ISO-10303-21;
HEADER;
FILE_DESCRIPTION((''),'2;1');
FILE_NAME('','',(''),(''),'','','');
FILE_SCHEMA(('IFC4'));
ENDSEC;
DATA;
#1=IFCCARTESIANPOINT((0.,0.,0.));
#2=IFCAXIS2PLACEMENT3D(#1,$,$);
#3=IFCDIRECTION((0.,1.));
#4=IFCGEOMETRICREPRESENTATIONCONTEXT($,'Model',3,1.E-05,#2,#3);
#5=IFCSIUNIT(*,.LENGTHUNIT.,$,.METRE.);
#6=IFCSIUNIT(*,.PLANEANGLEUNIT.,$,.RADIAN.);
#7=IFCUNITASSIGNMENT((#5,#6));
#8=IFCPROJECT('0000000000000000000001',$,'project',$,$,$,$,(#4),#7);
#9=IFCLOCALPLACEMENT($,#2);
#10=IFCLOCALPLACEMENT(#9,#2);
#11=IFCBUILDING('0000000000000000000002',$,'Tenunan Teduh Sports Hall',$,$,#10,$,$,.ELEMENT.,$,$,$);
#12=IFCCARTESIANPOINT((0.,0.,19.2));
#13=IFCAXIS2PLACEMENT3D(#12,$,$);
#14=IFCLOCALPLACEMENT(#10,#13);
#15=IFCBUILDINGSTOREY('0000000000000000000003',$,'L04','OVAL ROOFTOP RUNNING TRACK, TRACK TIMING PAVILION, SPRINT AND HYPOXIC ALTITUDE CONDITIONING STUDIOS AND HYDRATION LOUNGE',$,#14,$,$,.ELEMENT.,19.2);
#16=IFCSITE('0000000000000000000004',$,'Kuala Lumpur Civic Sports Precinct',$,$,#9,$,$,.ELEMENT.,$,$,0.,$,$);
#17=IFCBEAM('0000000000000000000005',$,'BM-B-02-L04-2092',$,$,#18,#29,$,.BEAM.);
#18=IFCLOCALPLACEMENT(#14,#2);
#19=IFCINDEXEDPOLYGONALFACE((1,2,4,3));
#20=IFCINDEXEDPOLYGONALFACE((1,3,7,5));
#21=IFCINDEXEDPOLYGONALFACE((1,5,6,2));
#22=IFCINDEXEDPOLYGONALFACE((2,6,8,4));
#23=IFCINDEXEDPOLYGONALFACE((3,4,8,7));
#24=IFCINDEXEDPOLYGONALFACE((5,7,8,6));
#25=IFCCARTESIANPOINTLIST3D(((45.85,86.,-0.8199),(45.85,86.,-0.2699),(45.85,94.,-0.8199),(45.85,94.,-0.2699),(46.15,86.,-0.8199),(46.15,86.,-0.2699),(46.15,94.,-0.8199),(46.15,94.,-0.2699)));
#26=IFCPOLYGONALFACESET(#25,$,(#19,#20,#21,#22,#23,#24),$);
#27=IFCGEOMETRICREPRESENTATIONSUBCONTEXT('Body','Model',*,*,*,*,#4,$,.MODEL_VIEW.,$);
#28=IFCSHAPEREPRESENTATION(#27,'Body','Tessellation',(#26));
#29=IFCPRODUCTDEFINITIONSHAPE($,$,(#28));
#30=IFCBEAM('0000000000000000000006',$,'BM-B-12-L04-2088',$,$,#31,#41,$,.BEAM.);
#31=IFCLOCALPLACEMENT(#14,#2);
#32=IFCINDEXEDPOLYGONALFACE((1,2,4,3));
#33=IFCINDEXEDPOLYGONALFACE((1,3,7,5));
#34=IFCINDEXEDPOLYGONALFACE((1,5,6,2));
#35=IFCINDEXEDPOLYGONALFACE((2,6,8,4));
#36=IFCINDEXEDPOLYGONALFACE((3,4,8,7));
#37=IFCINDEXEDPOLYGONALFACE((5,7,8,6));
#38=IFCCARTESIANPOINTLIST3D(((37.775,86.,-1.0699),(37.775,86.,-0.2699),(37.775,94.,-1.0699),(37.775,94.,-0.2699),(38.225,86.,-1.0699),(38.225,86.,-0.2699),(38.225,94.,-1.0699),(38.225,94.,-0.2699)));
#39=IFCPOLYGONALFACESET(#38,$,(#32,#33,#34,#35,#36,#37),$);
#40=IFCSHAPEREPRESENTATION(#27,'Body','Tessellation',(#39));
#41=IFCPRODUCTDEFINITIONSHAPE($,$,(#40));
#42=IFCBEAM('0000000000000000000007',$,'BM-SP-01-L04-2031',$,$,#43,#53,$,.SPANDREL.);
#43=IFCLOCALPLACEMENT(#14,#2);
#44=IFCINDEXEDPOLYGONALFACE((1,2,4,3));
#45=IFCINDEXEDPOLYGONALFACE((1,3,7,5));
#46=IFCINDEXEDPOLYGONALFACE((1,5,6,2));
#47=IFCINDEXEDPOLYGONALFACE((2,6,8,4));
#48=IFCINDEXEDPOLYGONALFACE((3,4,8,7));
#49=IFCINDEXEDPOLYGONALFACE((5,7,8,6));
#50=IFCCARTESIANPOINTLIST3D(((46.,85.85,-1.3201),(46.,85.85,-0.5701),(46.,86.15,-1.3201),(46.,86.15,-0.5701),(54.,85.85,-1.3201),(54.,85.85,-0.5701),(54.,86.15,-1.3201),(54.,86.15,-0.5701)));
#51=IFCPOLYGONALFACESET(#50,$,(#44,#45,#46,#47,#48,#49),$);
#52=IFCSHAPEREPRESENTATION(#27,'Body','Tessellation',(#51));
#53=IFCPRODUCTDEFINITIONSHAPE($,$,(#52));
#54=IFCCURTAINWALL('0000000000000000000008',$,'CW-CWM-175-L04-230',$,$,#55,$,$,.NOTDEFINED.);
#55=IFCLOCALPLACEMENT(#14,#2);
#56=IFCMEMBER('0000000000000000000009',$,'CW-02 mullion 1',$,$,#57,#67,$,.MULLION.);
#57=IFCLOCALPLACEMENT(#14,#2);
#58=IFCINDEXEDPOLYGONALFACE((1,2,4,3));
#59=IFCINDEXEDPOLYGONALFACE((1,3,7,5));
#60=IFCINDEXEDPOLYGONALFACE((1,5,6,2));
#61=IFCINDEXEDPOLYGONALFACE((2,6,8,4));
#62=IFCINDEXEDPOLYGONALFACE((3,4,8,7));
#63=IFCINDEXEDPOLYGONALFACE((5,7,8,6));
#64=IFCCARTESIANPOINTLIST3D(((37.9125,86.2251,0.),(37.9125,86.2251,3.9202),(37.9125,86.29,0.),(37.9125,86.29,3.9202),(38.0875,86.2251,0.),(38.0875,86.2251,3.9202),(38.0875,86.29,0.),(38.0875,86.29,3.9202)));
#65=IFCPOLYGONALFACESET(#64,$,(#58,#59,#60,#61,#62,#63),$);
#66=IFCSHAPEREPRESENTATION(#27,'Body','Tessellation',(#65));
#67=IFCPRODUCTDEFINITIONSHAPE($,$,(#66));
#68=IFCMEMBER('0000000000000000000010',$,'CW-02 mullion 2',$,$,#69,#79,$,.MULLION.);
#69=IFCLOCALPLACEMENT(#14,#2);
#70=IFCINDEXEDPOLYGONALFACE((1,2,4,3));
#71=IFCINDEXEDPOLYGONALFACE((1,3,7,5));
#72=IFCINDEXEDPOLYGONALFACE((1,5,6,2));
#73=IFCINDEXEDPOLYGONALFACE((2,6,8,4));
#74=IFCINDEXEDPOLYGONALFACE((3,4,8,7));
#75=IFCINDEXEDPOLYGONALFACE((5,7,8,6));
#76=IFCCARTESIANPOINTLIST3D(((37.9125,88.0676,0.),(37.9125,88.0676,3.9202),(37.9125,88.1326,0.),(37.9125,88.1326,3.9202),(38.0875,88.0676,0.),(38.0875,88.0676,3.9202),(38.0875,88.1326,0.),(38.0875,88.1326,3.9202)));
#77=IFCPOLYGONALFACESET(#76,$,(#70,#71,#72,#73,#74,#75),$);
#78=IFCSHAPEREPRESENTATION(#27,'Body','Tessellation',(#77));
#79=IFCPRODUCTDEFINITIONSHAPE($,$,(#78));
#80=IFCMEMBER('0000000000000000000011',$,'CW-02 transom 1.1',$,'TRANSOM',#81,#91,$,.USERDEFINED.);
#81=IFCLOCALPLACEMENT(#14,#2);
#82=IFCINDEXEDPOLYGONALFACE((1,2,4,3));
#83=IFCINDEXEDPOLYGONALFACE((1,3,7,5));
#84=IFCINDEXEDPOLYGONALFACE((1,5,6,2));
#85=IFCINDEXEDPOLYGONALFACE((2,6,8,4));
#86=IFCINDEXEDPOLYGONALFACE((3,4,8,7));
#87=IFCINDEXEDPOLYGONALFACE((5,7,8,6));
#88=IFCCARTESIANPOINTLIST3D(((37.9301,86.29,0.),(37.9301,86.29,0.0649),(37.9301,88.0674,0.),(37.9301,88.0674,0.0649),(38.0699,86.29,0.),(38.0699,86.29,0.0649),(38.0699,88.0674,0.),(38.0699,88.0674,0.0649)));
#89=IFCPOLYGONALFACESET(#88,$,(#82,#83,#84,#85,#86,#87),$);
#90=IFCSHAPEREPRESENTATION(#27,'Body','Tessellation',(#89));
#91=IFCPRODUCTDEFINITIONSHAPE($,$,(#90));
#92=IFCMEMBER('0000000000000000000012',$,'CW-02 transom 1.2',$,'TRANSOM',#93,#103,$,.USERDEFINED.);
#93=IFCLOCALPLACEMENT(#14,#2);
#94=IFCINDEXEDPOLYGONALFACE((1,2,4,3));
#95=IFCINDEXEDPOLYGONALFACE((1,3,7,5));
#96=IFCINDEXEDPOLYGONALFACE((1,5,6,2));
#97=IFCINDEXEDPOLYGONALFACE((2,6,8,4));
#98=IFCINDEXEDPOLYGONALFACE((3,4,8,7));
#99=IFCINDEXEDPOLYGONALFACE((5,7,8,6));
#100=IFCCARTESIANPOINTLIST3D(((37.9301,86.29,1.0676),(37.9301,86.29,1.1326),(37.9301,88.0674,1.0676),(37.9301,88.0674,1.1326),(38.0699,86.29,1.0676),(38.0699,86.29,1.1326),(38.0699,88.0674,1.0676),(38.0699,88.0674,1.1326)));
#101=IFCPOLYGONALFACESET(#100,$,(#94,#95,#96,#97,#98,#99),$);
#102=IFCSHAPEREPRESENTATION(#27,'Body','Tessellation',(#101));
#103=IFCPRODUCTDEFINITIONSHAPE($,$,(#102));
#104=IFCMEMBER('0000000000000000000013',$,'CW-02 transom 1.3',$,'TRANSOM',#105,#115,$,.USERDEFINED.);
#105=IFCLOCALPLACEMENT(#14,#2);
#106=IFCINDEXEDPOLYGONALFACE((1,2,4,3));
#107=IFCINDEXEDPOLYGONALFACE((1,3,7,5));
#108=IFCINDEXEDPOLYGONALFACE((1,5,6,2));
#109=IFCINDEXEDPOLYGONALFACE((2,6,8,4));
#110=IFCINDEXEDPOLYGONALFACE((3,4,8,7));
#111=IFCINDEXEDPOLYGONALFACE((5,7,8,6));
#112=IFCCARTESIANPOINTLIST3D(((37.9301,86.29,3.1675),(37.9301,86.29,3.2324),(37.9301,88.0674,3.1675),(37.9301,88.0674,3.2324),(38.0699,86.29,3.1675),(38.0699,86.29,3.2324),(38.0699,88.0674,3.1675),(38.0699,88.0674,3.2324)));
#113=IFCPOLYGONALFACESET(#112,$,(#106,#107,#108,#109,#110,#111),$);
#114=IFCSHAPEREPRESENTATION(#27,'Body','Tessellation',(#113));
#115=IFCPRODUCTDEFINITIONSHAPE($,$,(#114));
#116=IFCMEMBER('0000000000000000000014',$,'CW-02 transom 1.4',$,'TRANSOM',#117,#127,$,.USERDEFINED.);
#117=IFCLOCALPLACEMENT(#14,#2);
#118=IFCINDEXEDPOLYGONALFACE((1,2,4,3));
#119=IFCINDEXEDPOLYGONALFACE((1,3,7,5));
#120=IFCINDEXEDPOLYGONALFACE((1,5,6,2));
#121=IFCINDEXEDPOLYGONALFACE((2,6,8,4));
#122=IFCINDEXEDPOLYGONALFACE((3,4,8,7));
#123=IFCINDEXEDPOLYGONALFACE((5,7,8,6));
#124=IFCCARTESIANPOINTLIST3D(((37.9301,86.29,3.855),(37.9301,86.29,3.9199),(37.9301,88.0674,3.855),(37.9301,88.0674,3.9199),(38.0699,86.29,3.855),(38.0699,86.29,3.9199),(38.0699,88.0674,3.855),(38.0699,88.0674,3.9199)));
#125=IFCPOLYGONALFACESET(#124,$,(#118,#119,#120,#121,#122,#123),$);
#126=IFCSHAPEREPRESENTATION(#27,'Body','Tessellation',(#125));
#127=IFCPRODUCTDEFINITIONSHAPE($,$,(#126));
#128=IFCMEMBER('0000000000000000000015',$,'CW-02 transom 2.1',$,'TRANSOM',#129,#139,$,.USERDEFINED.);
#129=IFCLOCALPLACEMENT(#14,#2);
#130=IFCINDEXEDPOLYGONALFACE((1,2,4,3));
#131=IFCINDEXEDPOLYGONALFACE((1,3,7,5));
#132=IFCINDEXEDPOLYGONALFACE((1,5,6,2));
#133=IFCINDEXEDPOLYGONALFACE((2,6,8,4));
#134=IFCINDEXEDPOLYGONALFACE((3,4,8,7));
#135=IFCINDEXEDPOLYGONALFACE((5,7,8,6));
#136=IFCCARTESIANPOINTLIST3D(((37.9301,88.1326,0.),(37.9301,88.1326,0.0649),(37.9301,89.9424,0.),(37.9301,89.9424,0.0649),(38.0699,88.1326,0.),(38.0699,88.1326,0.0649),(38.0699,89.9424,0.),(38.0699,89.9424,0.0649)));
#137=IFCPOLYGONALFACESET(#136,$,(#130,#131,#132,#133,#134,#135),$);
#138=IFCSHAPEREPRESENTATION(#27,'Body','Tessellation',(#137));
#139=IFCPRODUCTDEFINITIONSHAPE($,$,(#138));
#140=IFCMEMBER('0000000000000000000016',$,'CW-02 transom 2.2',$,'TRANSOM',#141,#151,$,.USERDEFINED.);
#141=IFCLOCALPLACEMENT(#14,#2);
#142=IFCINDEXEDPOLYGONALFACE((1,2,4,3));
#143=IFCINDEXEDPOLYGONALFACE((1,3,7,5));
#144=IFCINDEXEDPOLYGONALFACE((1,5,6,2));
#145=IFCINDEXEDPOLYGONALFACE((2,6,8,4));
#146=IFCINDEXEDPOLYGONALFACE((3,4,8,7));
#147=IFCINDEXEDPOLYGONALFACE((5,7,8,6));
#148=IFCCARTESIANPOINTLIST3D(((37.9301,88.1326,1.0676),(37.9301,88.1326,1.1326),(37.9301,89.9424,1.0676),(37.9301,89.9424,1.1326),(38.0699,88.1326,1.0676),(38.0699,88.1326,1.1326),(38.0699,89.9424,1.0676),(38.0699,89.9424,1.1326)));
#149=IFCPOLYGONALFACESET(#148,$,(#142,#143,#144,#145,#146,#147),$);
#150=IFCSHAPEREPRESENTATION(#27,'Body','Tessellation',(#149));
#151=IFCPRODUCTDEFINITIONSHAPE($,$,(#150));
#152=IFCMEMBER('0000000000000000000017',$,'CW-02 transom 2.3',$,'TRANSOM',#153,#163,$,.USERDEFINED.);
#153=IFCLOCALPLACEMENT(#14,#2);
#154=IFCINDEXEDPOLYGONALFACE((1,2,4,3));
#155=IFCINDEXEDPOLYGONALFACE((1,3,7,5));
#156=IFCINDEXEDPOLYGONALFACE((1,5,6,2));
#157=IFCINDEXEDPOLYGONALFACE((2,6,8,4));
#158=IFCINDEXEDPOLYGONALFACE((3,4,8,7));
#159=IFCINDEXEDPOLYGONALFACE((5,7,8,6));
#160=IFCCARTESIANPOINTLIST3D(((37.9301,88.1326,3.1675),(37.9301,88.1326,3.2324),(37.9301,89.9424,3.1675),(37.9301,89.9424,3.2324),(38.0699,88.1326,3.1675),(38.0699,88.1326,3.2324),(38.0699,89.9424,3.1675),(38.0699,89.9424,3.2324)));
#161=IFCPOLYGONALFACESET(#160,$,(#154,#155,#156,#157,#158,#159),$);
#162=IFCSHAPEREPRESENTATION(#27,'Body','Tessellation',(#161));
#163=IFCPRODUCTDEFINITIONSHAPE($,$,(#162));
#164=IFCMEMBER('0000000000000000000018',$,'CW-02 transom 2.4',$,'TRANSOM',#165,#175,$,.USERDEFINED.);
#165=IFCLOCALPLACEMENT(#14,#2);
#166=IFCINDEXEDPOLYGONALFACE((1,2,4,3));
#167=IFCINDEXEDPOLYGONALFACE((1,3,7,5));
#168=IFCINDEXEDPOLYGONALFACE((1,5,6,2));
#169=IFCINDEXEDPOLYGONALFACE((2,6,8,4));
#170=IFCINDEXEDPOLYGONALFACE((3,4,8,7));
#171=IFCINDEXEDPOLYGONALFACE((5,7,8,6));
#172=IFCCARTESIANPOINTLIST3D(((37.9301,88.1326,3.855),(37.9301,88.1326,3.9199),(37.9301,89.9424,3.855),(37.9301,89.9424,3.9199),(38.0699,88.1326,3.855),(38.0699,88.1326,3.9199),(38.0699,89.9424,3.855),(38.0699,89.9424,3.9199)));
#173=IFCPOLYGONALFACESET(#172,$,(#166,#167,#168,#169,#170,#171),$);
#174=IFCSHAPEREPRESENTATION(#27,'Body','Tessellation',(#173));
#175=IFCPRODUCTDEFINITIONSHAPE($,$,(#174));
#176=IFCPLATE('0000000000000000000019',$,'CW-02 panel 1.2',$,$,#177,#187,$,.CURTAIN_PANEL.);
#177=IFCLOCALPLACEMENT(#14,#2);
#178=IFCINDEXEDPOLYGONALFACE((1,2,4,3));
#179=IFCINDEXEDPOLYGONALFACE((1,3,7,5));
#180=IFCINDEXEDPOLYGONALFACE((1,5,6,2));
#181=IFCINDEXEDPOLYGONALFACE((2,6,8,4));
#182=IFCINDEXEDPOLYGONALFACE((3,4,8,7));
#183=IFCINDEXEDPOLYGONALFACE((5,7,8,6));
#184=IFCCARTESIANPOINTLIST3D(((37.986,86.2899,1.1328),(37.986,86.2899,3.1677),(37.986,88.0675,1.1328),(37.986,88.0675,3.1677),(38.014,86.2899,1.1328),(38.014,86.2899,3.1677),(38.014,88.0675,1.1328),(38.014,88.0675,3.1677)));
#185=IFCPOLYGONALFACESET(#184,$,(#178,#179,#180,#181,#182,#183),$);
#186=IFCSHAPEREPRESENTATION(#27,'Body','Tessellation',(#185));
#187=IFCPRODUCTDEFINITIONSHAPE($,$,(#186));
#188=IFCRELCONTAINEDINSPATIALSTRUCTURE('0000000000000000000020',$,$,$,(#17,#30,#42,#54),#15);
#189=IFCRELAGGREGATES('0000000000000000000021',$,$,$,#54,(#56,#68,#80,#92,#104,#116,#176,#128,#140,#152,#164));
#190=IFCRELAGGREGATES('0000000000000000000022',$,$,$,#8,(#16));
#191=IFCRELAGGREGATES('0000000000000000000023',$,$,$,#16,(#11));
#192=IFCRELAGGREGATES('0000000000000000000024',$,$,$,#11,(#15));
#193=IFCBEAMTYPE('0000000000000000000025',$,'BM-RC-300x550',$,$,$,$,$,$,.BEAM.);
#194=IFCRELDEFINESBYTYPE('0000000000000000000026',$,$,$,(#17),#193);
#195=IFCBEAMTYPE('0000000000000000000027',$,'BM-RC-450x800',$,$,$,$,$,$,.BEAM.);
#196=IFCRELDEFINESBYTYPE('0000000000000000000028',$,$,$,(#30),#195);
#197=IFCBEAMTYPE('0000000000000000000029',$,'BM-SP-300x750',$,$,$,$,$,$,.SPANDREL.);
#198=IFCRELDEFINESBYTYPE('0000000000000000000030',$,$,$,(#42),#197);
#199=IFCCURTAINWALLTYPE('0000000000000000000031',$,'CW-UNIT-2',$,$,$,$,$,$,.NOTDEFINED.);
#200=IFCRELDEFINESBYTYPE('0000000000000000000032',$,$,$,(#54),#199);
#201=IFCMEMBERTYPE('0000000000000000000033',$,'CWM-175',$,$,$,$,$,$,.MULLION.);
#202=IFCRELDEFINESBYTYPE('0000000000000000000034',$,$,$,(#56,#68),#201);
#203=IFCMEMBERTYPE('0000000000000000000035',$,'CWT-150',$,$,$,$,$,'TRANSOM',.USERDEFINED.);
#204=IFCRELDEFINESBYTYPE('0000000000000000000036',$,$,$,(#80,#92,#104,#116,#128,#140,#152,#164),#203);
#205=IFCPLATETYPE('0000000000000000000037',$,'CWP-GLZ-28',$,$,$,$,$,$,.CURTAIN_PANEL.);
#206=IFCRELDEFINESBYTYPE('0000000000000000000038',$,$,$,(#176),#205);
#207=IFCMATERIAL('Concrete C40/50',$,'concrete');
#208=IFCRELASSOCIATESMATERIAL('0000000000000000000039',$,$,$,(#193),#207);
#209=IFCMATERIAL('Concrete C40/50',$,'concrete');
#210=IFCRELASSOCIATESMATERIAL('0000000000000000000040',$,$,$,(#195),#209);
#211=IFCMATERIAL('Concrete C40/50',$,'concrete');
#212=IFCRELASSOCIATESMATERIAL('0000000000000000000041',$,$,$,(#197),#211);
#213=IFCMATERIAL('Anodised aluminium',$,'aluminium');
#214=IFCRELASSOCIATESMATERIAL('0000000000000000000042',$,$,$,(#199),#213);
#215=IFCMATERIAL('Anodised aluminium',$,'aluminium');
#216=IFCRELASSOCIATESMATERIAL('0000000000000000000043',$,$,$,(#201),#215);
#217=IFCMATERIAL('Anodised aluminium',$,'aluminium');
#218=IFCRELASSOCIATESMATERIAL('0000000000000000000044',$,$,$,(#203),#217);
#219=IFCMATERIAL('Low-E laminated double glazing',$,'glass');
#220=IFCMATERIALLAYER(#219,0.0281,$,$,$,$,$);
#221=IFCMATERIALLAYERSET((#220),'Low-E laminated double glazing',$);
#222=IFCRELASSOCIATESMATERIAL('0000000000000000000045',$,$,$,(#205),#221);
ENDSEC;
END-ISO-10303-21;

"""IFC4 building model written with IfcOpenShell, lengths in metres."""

from ifc_helpers import new_model, si_unit, direction, frame, origin, origin_2d, place, context, subcontext, project, spatial, rectangle, extrude, material, layer, layer_set, material_profile, profile_set, type_object, element, aggregate, save


model = new_model("IFC4")

# Units and contexts
model_context = context("Model", 3, precision=1e-05, world=origin(), true_north=direction((0.0, 1.0)))
body_context = subcontext(model_context, "Body", "Model", "MODEL_VIEW")
ifc_project = project(units=[si_unit("LENGTHUNIT", "METRE"), si_unit("PLANEANGLEUNIT", "RADIAN")], contexts=[model_context])

# Site, building, storey
site_placement = place(None, origin())
site = spatial("IfcSite", under=ifc_project, at=site_placement, Name="Kuala Lumpur Civic Sports Precinct", CompositionType="ELEMENT", RefElevation=0.0)
building_placement = place(site_placement, origin())
building = spatial("IfcBuilding", under=site, at=building_placement, Name="Tenunan Teduh Sports Hall", CompositionType="ELEMENT")
storey_placement = place(building_placement, frame((0.0, 0.0, 19.2)))
storey = spatial("IfcBuildingStorey", under=building, at=storey_placement, Name="L04", Description="OVAL ROOFTOP RUNNING TRACK, TRACK TIMING PAVILION, SPRINT AND HYPOXIC ALTITUDE CONDITIONING STUDIOS AND HYDRATION LOUNGE", CompositionType="ELEMENT", Elevation=19.2)

# Beams
ifc_material_1 = material(Name="Concrete C40/50", Category="concrete")
ifc_material_profile_1 = material_profile(ifc_material_1, rectangle(XDim=0.3, YDim=0.55, at=origin_2d()), Name="RCB 300x550")
ifc_profile_set_1 = profile_set([ifc_material_profile_1], Name="Concrete C40/50")
beam_type_1 = type_object("IfcBeamType", Name="BM-RC-300x550", PredefinedType="BEAM", material=ifc_profile_set_1)
beam_1_placement = place(storey_placement, frame((46.0, 86.0, -0.5449), z_axis=(0.0, 1.0, 0.0), x_axis=(-1.0, 0.0, 0.0)))
element("IfcBeam", 1, at=beam_1_placement, inside=storey, type_object=beam_type_1, Name="BM-B-02-L04-2092", PredefinedType="BEAM", context=body_context, shape_type="SweptSolid", body=[
    extrude(rectangle(XDim=0.3, YDim=0.55, at=origin_2d()), origin(), (0.0, 0.0, 1.0), 8.0),
])
ifc_material_2 = material(Name="Concrete C40/50", Category="concrete")
ifc_material_profile_2 = material_profile(ifc_material_2, rectangle(XDim=0.45, YDim=0.8, at=origin_2d()), Name="RCB 450x800")
ifc_profile_set_2 = profile_set([ifc_material_profile_2], Name="Concrete C40/50")
beam_type_2 = type_object("IfcBeamType", Name="BM-RC-450x800", PredefinedType="BEAM", material=ifc_profile_set_2)
beam_2_placement = place(storey_placement, frame((38.0, 86.0, -0.6699), z_axis=(0.0, 1.0, 0.0), x_axis=(-1.0, 0.0, 0.0)))
element("IfcBeam", 2, at=beam_2_placement, inside=storey, type_object=beam_type_2, Name="BM-B-12-L04-2088", PredefinedType="BEAM", context=body_context, shape_type="SweptSolid", body=[
    extrude(rectangle(XDim=0.45, YDim=0.8, at=origin_2d()), origin(), (0.0, 0.0, 1.0), 8.0),
])
ifc_material_3 = material(Name="Concrete C40/50", Category="concrete")
ifc_material_profile_3 = material_profile(ifc_material_3, rectangle(XDim=0.3, YDim=0.75, at=origin_2d()), Name="SPB 300x750")
ifc_profile_set_3 = profile_set([ifc_material_profile_3], Name="Concrete C40/50")
beam_type_3 = type_object("IfcBeamType", Name="BM-SP-300x750", PredefinedType="SPANDREL", material=ifc_profile_set_3)
beam_3_placement = place(storey_placement, frame((46.0, 86.0, -0.9451), z_axis=(1.0, 0.0, 0.0), x_axis=(0.0, 1.0, 0.0)))
element("IfcBeam", 3, at=beam_3_placement, inside=storey, type_object=beam_type_3, Name="BM-SP-01-L04-2031", PredefinedType="SPANDREL", context=body_context, shape_type="SweptSolid", body=[
    extrude(rectangle(XDim=0.3, YDim=0.75, at=origin_2d()), origin(), (0.0, 0.0, 1.0), 8.0),
])

# Curtain wall, members, plate
ifc_material_4 = material(Name="Anodised aluminium", Category="aluminium")
curtain_wall_type = type_object("IfcCurtainWallType", Name="CW-UNIT-2", PredefinedType="NOTDEFINED", material=ifc_material_4)
curtain_wall_placement = place(storey_placement, origin())
curtain_wall = element("IfcCurtainWall", 4, at=curtain_wall_placement, inside=storey, type_object=curtain_wall_type, Name="CW-CWM-175-L04-230", PredefinedType="NOTDEFINED")
ifc_material_5 = material(Name="Anodised aluminium", Category="aluminium")
ifc_material_profile_4 = material_profile(ifc_material_5, rectangle(XDim=0.0649, YDim=0.175, at=origin_2d()), Name="CWM 65x175")
ifc_profile_set_4 = profile_set([ifc_material_profile_4], Name="Anodised aluminium")
member_type_1 = type_object("IfcMemberType", Name="CWM-175", PredefinedType="MULLION", material=ifc_profile_set_4)
member_1_placement = place(storey_placement, frame((38.0, 86.2576, 0.0), z_axis=(0.0, 0.0, 1.0), x_axis=(0.0, 1.0, 0.0)))
member_1 = element("IfcMember", 5, at=member_1_placement, type_object=member_type_1, Name="CW-02 mullion 1", PredefinedType="MULLION", context=body_context, shape_type="SweptSolid", body=[
    extrude(rectangle(XDim=0.0649, YDim=0.175, at=origin_2d()), origin(), (0.0, 0.0, 1.0), 3.9202),
])
member_2_placement = place(storey_placement, frame((38.0, 88.1001, 0.0), z_axis=(0.0, 0.0, 1.0), x_axis=(0.0, 1.0, 0.0)))
member_2 = element("IfcMember", 6, at=member_2_placement, type_object=member_type_1, Name="CW-02 mullion 2", PredefinedType="MULLION", context=body_context, shape_type="SweptSolid", body=[
    extrude(rectangle(XDim=0.0649, YDim=0.175, at=origin_2d()), origin(), (0.0, 0.0, 1.0), 3.9202),
])
ifc_material_6 = material(Name="Anodised aluminium", Category="aluminium")
ifc_material_profile_5 = material_profile(ifc_material_6, rectangle(XDim=0.0649, YDim=0.1399, at=origin_2d()), Name="CWT 65x140")
ifc_profile_set_5 = profile_set([ifc_material_profile_5], Name="Anodised aluminium")
member_type_2 = type_object("IfcMemberType", Name="CWT-150", ElementType="TRANSOM", PredefinedType="USERDEFINED", material=ifc_profile_set_5)
member_3_placement = place(storey_placement, frame((38.0, 86.29, 0.0325), z_axis=(0.0, 1.0, 0.0), x_axis=(0.0, 0.0, 1.0)))
member_3 = element("IfcMember", 7, at=member_3_placement, type_object=member_type_2, Name="CW-02 transom 1.1", ObjectType="TRANSOM", PredefinedType="USERDEFINED", context=body_context, shape_type="SweptSolid", body=[
    extrude(rectangle(XDim=0.0649, YDim=0.1399, at=origin_2d()), origin(), (0.0, 0.0, 1.0), 1.7773),
])
member_4_placement = place(storey_placement, frame((38.0, 86.29, 1.1001), z_axis=(0.0, 1.0, 0.0), x_axis=(0.0, 0.0, 1.0)))
member_4 = element("IfcMember", 8, at=member_4_placement, type_object=member_type_2, Name="CW-02 transom 1.2", ObjectType="TRANSOM", PredefinedType="USERDEFINED", context=body_context, shape_type="SweptSolid", body=[
    extrude(rectangle(XDim=0.0649, YDim=0.1399, at=origin_2d()), origin(), (0.0, 0.0, 1.0), 1.7773),
])
member_5_placement = place(storey_placement, frame((38.0, 86.29, 3.2), z_axis=(0.0, 1.0, 0.0), x_axis=(0.0, 0.0, 1.0)))
member_5 = element("IfcMember", 9, at=member_5_placement, type_object=member_type_2, Name="CW-02 transom 1.3", ObjectType="TRANSOM", PredefinedType="USERDEFINED", context=body_context, shape_type="SweptSolid", body=[
    extrude(rectangle(XDim=0.0649, YDim=0.1399, at=origin_2d()), origin(), (0.0, 0.0, 1.0), 1.7773),
])
member_6_placement = place(storey_placement, frame((38.0, 86.29, 3.8875), z_axis=(0.0, 1.0, 0.0), x_axis=(0.0, 0.0, 1.0)))
member_6 = element("IfcMember", 10, at=member_6_placement, type_object=member_type_2, Name="CW-02 transom 1.4", ObjectType="TRANSOM", PredefinedType="USERDEFINED", context=body_context, shape_type="SweptSolid", body=[
    extrude(rectangle(XDim=0.0649, YDim=0.1399, at=origin_2d()), origin(), (0.0, 0.0, 1.0), 1.7773),
])
member_7_placement = place(storey_placement, frame((38.0, 88.1326, 0.0325), z_axis=(0.0, 1.0, 0.0), x_axis=(0.0, 0.0, 1.0)))
member_7 = element("IfcMember", 11, at=member_7_placement, type_object=member_type_2, Name="CW-02 transom 2.1", ObjectType="TRANSOM", PredefinedType="USERDEFINED", context=body_context, shape_type="SweptSolid", body=[
    extrude(rectangle(XDim=0.0649, YDim=0.1399, at=origin_2d()), origin(), (0.0, 0.0, 1.0), 1.8098),
])
member_8_placement = place(storey_placement, frame((38.0, 88.1326, 1.1001), z_axis=(0.0, 1.0, 0.0), x_axis=(0.0, 0.0, 1.0)))
member_8 = element("IfcMember", 12, at=member_8_placement, type_object=member_type_2, Name="CW-02 transom 2.2", ObjectType="TRANSOM", PredefinedType="USERDEFINED", context=body_context, shape_type="SweptSolid", body=[
    extrude(rectangle(XDim=0.0649, YDim=0.1399, at=origin_2d()), origin(), (0.0, 0.0, 1.0), 1.8098),
])
member_9_placement = place(storey_placement, frame((38.0, 88.1326, 3.2), z_axis=(0.0, 1.0, 0.0), x_axis=(0.0, 0.0, 1.0)))
member_9 = element("IfcMember", 13, at=member_9_placement, type_object=member_type_2, Name="CW-02 transom 2.3", ObjectType="TRANSOM", PredefinedType="USERDEFINED", context=body_context, shape_type="SweptSolid", body=[
    extrude(rectangle(XDim=0.0649, YDim=0.1399, at=origin_2d()), origin(), (0.0, 0.0, 1.0), 1.8098),
])
member_10_placement = place(storey_placement, frame((38.0, 88.1326, 3.8875), z_axis=(0.0, 1.0, 0.0), x_axis=(0.0, 0.0, 1.0)))
member_10 = element("IfcMember", 14, at=member_10_placement, type_object=member_type_2, Name="CW-02 transom 2.4", ObjectType="TRANSOM", PredefinedType="USERDEFINED", context=body_context, shape_type="SweptSolid", body=[
    extrude(rectangle(XDim=0.0649, YDim=0.1399, at=origin_2d()), origin(), (0.0, 0.0, 1.0), 1.8098),
])
ifc_material_7 = material(Name="Low-E laminated double glazing", Category="glass")
ifc_layer_1 = layer(ifc_material_7, 0.0281)
ifc_layer_set_1 = layer_set([ifc_layer_1], Name="Low-E laminated double glazing")
plate_type_1 = type_object("IfcPlateType", Name="CWP-GLZ-28", PredefinedType="CURTAIN_PANEL", material=ifc_layer_set_1)
plate_1_placement = place(storey_placement, frame((38.0, 87.1787, 1.1328), z_axis=(0.0, 0.0, 1.0), x_axis=(0.0, 1.0, 0.0)))
plate_1 = element("IfcPlate", 15, at=plate_1_placement, type_object=plate_type_1, Name="CW-02 panel 1.2", PredefinedType="CURTAIN_PANEL", context=body_context, shape_type="SweptSolid", body=[
    extrude(rectangle(XDim=1.7776, YDim=0.0281, at=origin_2d()), origin(), (0.0, 0.0, 1.0), 2.0349),
])
aggregate(curtain_wall, [member_1, member_2, member_3, member_4, member_5, member_6, plate_1, member_7, member_8, member_9, member_10])

save(model, "model.ifc")
